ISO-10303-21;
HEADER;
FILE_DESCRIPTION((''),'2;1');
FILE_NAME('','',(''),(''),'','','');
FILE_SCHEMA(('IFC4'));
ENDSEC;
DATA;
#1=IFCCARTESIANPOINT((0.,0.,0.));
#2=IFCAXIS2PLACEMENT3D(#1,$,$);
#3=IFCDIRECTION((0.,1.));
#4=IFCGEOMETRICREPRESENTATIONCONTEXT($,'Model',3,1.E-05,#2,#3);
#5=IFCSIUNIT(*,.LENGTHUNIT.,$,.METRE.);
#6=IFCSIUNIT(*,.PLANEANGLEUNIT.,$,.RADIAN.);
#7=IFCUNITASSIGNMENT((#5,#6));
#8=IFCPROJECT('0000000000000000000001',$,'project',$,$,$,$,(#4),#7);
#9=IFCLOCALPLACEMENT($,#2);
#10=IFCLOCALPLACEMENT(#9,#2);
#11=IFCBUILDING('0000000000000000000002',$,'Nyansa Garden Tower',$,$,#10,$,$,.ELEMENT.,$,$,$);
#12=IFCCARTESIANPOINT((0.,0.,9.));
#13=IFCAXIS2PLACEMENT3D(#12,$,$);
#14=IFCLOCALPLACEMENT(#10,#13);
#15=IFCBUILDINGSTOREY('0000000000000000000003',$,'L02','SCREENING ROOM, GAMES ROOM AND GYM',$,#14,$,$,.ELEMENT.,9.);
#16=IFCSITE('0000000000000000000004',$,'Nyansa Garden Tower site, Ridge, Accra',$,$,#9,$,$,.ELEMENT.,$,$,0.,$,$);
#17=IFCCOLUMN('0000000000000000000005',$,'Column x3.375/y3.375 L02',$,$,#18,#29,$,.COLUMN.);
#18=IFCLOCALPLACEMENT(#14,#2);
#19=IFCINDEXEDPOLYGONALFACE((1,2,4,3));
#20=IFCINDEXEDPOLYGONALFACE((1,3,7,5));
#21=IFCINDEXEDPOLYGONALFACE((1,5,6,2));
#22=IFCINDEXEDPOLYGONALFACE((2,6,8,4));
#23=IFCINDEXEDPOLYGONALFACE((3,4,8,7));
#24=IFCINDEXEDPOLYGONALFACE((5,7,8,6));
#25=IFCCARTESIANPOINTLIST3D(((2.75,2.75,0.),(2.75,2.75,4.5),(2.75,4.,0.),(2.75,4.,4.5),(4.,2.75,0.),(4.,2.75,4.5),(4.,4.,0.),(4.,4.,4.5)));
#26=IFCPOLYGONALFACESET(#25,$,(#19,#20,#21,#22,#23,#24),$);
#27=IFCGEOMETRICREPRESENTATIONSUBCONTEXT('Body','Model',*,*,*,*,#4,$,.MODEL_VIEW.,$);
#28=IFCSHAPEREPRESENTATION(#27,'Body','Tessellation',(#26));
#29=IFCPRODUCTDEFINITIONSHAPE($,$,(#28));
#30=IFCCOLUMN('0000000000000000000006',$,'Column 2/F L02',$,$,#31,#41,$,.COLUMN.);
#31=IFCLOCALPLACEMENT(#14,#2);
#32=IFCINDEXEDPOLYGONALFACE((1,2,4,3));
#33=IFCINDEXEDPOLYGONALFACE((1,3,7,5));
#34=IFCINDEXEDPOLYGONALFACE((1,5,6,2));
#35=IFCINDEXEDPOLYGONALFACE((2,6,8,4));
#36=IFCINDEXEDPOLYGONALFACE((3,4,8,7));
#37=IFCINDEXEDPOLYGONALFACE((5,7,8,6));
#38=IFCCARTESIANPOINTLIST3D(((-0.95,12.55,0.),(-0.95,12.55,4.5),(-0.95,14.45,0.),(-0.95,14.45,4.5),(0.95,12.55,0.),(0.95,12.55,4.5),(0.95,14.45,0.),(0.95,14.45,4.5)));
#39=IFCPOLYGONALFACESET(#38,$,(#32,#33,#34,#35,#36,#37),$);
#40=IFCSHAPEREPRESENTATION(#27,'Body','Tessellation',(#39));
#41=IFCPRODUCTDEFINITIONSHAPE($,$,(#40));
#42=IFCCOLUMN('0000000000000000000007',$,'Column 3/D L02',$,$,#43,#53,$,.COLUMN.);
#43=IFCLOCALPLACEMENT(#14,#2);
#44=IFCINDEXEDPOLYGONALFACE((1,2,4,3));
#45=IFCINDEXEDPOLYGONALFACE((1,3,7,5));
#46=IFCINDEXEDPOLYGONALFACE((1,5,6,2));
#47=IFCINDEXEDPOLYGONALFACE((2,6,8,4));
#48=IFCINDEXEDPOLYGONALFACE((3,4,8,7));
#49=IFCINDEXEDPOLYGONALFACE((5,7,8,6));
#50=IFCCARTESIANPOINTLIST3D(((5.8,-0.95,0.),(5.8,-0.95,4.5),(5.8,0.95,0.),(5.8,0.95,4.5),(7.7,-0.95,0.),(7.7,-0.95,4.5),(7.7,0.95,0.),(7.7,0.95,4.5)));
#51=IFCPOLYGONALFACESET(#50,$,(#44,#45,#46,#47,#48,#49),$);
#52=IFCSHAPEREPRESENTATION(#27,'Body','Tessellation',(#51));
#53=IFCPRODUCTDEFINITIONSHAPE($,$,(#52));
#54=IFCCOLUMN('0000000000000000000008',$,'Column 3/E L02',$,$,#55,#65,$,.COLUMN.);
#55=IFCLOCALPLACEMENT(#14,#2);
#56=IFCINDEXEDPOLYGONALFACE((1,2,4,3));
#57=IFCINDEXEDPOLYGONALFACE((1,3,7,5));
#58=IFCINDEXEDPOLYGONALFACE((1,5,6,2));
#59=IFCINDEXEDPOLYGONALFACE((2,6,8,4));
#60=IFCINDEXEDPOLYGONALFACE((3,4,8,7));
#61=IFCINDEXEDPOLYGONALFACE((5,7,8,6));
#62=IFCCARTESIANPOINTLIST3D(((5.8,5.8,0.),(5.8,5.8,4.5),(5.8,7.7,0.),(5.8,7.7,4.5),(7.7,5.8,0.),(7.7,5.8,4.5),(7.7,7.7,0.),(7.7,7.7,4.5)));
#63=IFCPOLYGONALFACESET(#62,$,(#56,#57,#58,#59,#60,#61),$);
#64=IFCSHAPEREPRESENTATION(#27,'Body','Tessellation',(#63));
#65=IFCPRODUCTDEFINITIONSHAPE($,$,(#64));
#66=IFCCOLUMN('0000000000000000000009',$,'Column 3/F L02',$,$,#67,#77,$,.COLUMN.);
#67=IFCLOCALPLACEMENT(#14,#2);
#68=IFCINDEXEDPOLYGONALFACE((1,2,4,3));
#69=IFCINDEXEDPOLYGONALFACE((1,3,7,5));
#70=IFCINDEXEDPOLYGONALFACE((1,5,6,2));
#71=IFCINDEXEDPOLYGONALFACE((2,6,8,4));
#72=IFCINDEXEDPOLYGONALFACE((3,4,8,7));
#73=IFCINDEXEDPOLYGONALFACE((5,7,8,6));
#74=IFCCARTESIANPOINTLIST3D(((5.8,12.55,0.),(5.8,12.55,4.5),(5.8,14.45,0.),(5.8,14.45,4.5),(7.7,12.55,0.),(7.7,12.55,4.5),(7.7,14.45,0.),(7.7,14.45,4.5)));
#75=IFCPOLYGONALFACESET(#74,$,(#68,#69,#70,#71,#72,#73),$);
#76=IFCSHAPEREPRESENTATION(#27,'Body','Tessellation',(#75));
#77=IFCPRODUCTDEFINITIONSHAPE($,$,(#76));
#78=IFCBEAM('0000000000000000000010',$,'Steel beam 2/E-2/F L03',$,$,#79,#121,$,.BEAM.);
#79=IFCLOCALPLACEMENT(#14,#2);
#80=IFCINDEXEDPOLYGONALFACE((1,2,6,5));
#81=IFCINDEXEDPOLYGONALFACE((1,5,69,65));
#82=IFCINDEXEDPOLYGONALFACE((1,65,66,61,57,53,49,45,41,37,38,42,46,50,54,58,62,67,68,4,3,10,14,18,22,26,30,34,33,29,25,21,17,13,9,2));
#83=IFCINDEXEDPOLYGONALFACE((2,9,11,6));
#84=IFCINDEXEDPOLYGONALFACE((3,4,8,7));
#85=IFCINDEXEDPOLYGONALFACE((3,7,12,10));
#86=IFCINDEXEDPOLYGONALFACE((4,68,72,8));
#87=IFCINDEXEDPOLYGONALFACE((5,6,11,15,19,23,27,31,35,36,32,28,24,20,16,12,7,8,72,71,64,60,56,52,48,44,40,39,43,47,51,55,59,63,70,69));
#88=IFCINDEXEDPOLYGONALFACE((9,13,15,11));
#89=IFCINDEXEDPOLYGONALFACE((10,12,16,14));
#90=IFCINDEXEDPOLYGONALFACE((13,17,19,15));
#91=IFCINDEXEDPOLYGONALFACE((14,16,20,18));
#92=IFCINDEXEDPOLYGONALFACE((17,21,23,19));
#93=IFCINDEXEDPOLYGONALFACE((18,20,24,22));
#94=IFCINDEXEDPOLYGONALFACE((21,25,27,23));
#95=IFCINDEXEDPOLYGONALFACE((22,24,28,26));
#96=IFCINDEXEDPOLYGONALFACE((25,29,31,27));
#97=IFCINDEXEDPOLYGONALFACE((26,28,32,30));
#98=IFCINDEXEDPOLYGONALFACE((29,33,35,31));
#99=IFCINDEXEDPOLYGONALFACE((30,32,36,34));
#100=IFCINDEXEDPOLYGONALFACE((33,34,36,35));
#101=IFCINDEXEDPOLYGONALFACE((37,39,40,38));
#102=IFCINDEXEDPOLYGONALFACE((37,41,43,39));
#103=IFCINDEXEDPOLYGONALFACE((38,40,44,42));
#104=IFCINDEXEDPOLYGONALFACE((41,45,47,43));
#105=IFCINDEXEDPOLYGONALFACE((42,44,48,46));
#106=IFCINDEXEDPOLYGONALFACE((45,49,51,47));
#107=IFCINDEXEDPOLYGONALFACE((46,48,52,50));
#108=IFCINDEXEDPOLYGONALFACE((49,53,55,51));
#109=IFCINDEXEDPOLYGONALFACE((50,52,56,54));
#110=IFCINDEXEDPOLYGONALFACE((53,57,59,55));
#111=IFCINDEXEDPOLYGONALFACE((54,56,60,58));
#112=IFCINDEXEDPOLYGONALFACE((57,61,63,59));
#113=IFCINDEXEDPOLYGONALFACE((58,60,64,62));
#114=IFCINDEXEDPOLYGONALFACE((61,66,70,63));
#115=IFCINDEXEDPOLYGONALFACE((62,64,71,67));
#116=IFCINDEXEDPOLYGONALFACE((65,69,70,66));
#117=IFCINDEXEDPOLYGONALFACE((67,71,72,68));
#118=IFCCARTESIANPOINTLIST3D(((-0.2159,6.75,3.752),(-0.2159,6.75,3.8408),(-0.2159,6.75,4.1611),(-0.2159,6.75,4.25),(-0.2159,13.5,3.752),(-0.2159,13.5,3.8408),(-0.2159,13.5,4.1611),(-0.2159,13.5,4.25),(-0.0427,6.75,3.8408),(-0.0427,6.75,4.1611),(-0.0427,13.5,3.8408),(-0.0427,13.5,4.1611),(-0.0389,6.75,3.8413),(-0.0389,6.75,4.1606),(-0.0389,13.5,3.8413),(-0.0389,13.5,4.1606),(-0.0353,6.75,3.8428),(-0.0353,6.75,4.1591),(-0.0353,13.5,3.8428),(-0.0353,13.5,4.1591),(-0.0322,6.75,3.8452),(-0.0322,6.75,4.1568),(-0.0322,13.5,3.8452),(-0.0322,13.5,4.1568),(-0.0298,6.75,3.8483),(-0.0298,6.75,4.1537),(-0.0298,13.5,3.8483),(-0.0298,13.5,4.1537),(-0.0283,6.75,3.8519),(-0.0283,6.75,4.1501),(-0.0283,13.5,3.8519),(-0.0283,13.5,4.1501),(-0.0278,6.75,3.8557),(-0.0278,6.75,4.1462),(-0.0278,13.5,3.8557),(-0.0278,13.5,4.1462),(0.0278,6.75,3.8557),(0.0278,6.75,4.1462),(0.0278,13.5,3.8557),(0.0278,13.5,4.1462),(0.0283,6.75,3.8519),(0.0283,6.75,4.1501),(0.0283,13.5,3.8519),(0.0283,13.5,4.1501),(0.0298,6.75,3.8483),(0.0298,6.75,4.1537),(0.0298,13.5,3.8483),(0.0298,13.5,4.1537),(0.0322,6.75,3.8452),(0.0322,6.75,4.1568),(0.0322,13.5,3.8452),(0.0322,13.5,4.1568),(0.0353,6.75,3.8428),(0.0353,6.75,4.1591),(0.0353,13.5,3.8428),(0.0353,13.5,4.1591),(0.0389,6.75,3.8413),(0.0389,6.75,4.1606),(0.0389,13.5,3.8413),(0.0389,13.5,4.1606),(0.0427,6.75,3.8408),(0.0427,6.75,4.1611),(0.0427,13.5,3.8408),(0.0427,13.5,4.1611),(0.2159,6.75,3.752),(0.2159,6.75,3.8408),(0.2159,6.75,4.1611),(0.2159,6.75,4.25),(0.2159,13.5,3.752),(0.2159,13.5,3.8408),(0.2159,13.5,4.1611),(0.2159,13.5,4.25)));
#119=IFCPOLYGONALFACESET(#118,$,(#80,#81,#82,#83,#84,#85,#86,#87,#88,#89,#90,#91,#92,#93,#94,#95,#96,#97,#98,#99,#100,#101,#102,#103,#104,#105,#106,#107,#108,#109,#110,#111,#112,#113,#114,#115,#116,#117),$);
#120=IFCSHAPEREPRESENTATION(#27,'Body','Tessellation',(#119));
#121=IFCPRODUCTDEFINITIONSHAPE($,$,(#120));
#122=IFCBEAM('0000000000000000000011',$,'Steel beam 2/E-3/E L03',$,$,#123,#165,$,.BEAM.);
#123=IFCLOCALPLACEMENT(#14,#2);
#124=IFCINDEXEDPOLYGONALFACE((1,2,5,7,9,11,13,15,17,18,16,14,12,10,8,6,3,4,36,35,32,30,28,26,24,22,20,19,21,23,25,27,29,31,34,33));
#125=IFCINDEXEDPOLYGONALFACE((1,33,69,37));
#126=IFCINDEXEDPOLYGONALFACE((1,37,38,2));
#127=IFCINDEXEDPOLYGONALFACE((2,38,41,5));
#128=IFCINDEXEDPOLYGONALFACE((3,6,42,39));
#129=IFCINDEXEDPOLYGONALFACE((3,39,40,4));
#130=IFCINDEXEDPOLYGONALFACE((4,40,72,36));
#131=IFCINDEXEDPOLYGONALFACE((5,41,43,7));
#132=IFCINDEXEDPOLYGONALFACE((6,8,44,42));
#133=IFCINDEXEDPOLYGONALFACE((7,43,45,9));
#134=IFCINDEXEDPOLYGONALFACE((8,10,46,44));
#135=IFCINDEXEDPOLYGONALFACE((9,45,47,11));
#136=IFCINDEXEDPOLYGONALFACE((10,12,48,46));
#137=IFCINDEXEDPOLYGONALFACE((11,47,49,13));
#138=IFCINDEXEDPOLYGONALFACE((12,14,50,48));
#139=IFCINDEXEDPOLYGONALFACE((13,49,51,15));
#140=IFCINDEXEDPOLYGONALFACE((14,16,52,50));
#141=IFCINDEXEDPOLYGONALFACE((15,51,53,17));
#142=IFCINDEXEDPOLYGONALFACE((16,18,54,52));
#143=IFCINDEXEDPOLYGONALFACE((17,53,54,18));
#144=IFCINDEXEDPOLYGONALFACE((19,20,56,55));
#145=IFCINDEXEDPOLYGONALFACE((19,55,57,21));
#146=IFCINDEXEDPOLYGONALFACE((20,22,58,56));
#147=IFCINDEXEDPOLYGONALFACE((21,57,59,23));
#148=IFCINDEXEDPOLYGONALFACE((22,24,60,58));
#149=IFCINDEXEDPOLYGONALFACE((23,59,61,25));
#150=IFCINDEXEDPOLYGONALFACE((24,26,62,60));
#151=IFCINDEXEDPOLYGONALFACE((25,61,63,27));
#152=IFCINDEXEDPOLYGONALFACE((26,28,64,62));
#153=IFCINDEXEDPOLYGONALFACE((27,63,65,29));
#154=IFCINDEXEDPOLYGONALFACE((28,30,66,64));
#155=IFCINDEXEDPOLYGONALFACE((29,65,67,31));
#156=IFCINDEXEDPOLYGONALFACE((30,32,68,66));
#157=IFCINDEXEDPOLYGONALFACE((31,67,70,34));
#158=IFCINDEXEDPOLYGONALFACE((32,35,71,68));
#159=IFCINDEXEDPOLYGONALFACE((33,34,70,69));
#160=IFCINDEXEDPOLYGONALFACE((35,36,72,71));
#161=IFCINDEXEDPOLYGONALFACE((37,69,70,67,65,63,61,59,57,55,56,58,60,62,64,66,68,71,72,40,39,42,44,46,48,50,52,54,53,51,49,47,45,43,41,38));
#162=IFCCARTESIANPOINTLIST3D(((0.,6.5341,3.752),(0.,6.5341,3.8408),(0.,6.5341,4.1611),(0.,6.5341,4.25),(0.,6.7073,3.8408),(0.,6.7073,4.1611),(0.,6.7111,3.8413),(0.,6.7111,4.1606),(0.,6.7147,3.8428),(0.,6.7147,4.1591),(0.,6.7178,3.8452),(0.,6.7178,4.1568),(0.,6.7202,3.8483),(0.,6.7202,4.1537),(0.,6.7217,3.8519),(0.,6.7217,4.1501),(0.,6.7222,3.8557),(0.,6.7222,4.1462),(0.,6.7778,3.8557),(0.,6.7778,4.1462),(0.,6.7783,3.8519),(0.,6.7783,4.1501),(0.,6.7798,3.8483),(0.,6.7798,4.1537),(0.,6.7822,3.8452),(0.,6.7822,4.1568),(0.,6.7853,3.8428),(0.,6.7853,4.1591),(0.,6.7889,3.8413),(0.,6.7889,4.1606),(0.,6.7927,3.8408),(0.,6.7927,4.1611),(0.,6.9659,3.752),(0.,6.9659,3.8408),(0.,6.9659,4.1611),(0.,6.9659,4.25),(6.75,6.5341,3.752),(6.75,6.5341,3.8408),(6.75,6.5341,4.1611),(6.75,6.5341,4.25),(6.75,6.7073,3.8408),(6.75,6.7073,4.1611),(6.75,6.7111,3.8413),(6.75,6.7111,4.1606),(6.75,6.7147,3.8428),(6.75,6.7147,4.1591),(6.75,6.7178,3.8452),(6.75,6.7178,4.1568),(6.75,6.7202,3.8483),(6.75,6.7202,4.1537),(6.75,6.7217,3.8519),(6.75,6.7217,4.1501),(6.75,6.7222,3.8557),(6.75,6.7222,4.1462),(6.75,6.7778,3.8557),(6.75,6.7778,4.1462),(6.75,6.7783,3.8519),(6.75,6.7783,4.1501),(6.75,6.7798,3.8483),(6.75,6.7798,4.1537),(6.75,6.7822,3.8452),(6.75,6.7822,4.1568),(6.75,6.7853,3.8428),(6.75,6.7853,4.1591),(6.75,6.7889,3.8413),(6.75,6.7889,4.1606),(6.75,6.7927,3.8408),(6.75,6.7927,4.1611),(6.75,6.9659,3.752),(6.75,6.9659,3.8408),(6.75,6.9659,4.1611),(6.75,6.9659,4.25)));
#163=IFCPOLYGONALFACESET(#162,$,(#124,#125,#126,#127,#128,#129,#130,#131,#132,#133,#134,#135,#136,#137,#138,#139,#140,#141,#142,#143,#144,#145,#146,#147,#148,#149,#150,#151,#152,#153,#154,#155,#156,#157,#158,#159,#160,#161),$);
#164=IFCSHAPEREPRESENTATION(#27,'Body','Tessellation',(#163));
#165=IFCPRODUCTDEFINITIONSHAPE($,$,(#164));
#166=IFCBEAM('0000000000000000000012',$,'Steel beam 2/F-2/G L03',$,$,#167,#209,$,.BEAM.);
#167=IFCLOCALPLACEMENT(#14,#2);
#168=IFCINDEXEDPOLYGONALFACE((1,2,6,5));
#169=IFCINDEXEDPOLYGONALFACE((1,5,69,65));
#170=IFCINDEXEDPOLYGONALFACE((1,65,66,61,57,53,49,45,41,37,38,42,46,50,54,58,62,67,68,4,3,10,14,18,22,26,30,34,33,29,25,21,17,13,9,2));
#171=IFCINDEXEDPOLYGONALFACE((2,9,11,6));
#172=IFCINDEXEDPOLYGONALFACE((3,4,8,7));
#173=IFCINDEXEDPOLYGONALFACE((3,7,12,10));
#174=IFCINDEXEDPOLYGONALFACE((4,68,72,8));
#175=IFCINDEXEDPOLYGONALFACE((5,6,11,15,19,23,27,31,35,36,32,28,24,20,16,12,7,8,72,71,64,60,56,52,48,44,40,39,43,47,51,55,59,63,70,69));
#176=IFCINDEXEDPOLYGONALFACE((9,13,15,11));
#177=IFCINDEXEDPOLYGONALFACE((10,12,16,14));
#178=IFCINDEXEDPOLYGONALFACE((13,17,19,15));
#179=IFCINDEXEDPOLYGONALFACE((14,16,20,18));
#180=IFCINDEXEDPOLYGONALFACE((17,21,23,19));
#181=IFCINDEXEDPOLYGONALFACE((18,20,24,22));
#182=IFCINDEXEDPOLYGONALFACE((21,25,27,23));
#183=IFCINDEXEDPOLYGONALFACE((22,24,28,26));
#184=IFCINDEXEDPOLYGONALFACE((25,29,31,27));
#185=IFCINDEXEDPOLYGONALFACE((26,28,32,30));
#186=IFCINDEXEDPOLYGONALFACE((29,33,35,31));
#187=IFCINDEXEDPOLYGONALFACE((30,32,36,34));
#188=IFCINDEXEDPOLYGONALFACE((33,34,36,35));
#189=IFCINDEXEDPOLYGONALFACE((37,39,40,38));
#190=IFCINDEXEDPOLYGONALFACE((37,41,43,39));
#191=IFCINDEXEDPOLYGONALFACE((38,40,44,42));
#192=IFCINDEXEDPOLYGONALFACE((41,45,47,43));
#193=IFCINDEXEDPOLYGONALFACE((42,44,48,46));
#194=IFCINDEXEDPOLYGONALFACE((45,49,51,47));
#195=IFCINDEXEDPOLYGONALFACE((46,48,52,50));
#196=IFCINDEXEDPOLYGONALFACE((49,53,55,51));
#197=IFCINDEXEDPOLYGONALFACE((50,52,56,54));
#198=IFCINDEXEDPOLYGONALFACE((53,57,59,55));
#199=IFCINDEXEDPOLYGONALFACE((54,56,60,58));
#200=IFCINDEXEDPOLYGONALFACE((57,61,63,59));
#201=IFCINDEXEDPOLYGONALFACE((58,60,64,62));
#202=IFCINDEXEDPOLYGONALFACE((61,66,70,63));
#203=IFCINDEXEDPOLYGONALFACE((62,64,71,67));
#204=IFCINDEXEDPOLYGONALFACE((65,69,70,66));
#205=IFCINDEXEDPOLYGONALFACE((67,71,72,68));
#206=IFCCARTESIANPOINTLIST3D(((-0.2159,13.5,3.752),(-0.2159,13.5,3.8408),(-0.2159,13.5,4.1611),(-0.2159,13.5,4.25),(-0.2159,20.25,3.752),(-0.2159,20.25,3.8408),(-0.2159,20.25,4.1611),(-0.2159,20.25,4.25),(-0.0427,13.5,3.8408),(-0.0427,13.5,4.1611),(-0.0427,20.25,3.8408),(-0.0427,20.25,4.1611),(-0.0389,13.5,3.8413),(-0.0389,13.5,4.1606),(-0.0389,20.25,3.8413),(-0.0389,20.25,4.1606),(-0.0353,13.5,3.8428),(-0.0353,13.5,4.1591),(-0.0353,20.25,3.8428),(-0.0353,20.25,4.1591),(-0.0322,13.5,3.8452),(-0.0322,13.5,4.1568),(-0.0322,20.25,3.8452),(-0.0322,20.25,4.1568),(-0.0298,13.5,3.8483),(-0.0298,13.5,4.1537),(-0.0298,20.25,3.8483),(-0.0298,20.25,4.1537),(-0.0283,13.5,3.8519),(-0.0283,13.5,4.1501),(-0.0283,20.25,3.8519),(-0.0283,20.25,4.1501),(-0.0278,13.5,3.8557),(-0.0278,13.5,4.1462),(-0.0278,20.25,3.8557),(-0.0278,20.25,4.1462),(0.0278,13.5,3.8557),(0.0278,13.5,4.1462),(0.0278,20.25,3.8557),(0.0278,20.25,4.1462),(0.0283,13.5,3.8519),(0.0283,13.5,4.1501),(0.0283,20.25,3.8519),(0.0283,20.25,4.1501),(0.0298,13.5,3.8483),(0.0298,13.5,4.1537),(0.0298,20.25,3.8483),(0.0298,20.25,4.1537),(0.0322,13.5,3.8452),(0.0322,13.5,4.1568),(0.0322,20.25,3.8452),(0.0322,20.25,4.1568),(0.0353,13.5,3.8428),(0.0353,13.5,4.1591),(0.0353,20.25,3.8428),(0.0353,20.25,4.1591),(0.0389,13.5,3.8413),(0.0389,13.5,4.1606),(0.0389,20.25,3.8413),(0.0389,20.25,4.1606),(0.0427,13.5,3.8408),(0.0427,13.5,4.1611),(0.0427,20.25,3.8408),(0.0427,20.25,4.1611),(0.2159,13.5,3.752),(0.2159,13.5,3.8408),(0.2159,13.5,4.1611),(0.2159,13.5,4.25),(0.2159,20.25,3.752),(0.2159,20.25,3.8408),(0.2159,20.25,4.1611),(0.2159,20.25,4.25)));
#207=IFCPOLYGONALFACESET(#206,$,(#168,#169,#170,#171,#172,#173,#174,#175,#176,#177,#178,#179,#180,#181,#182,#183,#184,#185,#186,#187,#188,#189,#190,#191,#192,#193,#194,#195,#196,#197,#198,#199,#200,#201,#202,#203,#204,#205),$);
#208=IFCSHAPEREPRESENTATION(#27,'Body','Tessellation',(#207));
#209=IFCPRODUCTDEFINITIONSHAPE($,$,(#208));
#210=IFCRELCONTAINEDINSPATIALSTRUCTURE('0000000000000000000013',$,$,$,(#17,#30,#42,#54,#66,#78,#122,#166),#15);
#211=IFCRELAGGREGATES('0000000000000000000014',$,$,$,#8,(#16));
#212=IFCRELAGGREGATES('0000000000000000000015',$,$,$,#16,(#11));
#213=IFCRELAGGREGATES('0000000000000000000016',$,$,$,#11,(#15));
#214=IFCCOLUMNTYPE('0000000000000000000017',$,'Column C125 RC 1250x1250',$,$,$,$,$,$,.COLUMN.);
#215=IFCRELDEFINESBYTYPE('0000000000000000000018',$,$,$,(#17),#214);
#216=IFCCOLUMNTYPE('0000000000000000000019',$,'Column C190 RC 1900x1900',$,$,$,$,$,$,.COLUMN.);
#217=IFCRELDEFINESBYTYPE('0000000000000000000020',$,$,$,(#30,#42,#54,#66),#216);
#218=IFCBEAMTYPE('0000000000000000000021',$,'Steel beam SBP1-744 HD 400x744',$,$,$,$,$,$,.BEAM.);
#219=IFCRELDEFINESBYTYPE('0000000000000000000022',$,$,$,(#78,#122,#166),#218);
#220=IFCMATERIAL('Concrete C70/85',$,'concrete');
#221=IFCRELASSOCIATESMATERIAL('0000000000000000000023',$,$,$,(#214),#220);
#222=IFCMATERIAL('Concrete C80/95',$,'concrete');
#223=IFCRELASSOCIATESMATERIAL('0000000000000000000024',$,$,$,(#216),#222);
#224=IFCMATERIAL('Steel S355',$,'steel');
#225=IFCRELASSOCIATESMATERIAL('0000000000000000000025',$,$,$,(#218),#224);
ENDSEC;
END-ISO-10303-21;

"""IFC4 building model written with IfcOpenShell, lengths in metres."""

from ifc_helpers import new_model, si_unit, direction, frame, origin, origin_2d, place, context, subcontext, project, spatial, rectangle, i_section, extrude, material, material_profile, profile_set, type_object, element, save


model = new_model("IFC4")

# Units and contexts
model_context = context("Model", 3, precision=1e-05, world=origin(), true_north=direction((0.0, 1.0)))
body_context = subcontext(model_context, "Body", "Model", "MODEL_VIEW")
ifc_project = project(units=[si_unit("LENGTHUNIT", "METRE"), si_unit("PLANEANGLEUNIT", "RADIAN")], contexts=[model_context])

# Site, building, storey
site_placement = place(None, origin())
site = spatial("IfcSite", under=ifc_project, at=site_placement, Name="Nyansa Garden Tower site, Ridge, Accra", CompositionType="ELEMENT", RefElevation=0.0)
building_placement = place(site_placement, origin())
building = spatial("IfcBuilding", under=site, at=building_placement, Name="Nyansa Garden Tower", CompositionType="ELEMENT")
storey_placement = place(building_placement, frame((0.0, 0.0, 9.0)))
storey = spatial("IfcBuildingStorey", under=building, at=storey_placement, Name="L02", Description="SCREENING ROOM, GAMES ROOM AND GYM", CompositionType="ELEMENT", Elevation=9.0)

# Columns
ifc_material_1 = material(Name="Concrete C70/85", Category="concrete")
ifc_material_profile_1 = material_profile(ifc_material_1, rectangle(XDim=1.25, YDim=1.25, at=origin_2d()), Name="RC 1250x1250")
ifc_profile_set_1 = profile_set([ifc_material_profile_1], Name="Concrete C70/85")
column_type_1 = type_object("IfcColumnType", Name="Column C125 RC 1250x1250", PredefinedType="COLUMN", material=ifc_profile_set_1)
column_placement = place(storey_placement, frame((3.375, 3.375, 0.0), z_axis=(0.0, 0.0, 1.0), x_axis=(1.0, 0.0, 0.0)))
element("IfcColumn", 1, at=column_placement, inside=storey, type_object=column_type_1, Name="Column x3.375/y3.375 L02", PredefinedType="COLUMN", context=body_context, shape_type="SweptSolid", body=[
    extrude(rectangle(XDim=1.25, YDim=1.25, at=origin_2d()), origin(), (0.0, 0.0, 1.0), 4.5),
])
ifc_material_2 = material(Name="Concrete C80/95", Category="concrete")
ifc_material_profile_2 = material_profile(ifc_material_2, rectangle(XDim=1.8999, YDim=1.8999, at=origin_2d()), Name="RC 1900x1900")
ifc_profile_set_2 = profile_set([ifc_material_profile_2], Name="Concrete C80/95")
column_type_2 = type_object("IfcColumnType", Name="Column C190 RC 1900x1900", PredefinedType="COLUMN", material=ifc_profile_set_2)
for number, where, z_axis, x_axis, name in (
    (2, (0.0, 13.5, 0.0), (0.0, 0.0, 1.0), (1.0, 0.0, 0.0), "Column 2/F L02"),
    (3, (6.75, 0.0, 0.0), (0.0, 0.0, 1.0), (1.0, 0.0, 0.0), "Column 3/D L02"),
    (4, (6.75, 6.75, 0.0), (0.0, 0.0, 1.0), (1.0, 0.0, 0.0), "Column 3/E L02"),
    (5, (6.75, 13.5, 0.0), (0.0, 0.0, 1.0), (1.0, 0.0, 0.0), "Column 3/F L02"),
):
    element("IfcColumn", number, at=place(storey_placement, frame(where, z_axis=z_axis, x_axis=x_axis)), inside=storey, type_object=column_type_2, Name=name, PredefinedType="COLUMN", context=body_context, shape_type="SweptSolid", body=[
        extrude(rectangle(XDim=1.8999, YDim=1.8999, at=origin_2d()), origin(), (0.0, 0.0, 1.0), 4.5),
    ])

# Beams
ifc_material_3 = material(Name="Steel S355", Category="steel")
ifc_material_profile_3 = material_profile(ifc_material_3, i_section(OverallWidth=0.4319, OverallDepth=0.498, WebThickness=0.0557, FlangeThickness=0.0889, FilletRadius=0.0149, at=origin_2d()), Name="HD 400x744")
ifc_profile_set_3 = profile_set([ifc_material_profile_3], Name="Steel S355")
beam_type = type_object("IfcBeamType", Name="Steel beam SBP1-744 HD 400x744", PredefinedType="BEAM", material=ifc_profile_set_3)
for number, where, z_axis, x_axis, name in (
    (6, (0.0, 6.75, 4.001), (0.0, 1.0, 0.0), (-1.0, 0.0, 0.0), "Steel beam 2/E-2/F L03"),
    (7, (0.0, 6.75, 4.001), (1.0, 0.0, 0.0), (0.0, 1.0, 0.0), "Steel beam 2/E-3/E L03"),
    (8, (0.0, 13.5, 4.001), (0.0, 1.0, 0.0), (-1.0, 0.0, 0.0), "Steel beam 2/F-2/G L03"),
):
    element("IfcBeam", number, at=place(storey_placement, frame(where, z_axis=z_axis, x_axis=x_axis)), inside=storey, type_object=beam_type, Name=name, PredefinedType="BEAM", context=body_context, shape_type="SweptSolid", body=[
        extrude(i_section(OverallWidth=0.4319, OverallDepth=0.498, WebThickness=0.0557, FlangeThickness=0.0889, FilletRadius=0.0149, at=origin_2d()), origin(), (0.0, 0.0, 1.0), 6.75),
    ])

save(model, "model.ifc")
